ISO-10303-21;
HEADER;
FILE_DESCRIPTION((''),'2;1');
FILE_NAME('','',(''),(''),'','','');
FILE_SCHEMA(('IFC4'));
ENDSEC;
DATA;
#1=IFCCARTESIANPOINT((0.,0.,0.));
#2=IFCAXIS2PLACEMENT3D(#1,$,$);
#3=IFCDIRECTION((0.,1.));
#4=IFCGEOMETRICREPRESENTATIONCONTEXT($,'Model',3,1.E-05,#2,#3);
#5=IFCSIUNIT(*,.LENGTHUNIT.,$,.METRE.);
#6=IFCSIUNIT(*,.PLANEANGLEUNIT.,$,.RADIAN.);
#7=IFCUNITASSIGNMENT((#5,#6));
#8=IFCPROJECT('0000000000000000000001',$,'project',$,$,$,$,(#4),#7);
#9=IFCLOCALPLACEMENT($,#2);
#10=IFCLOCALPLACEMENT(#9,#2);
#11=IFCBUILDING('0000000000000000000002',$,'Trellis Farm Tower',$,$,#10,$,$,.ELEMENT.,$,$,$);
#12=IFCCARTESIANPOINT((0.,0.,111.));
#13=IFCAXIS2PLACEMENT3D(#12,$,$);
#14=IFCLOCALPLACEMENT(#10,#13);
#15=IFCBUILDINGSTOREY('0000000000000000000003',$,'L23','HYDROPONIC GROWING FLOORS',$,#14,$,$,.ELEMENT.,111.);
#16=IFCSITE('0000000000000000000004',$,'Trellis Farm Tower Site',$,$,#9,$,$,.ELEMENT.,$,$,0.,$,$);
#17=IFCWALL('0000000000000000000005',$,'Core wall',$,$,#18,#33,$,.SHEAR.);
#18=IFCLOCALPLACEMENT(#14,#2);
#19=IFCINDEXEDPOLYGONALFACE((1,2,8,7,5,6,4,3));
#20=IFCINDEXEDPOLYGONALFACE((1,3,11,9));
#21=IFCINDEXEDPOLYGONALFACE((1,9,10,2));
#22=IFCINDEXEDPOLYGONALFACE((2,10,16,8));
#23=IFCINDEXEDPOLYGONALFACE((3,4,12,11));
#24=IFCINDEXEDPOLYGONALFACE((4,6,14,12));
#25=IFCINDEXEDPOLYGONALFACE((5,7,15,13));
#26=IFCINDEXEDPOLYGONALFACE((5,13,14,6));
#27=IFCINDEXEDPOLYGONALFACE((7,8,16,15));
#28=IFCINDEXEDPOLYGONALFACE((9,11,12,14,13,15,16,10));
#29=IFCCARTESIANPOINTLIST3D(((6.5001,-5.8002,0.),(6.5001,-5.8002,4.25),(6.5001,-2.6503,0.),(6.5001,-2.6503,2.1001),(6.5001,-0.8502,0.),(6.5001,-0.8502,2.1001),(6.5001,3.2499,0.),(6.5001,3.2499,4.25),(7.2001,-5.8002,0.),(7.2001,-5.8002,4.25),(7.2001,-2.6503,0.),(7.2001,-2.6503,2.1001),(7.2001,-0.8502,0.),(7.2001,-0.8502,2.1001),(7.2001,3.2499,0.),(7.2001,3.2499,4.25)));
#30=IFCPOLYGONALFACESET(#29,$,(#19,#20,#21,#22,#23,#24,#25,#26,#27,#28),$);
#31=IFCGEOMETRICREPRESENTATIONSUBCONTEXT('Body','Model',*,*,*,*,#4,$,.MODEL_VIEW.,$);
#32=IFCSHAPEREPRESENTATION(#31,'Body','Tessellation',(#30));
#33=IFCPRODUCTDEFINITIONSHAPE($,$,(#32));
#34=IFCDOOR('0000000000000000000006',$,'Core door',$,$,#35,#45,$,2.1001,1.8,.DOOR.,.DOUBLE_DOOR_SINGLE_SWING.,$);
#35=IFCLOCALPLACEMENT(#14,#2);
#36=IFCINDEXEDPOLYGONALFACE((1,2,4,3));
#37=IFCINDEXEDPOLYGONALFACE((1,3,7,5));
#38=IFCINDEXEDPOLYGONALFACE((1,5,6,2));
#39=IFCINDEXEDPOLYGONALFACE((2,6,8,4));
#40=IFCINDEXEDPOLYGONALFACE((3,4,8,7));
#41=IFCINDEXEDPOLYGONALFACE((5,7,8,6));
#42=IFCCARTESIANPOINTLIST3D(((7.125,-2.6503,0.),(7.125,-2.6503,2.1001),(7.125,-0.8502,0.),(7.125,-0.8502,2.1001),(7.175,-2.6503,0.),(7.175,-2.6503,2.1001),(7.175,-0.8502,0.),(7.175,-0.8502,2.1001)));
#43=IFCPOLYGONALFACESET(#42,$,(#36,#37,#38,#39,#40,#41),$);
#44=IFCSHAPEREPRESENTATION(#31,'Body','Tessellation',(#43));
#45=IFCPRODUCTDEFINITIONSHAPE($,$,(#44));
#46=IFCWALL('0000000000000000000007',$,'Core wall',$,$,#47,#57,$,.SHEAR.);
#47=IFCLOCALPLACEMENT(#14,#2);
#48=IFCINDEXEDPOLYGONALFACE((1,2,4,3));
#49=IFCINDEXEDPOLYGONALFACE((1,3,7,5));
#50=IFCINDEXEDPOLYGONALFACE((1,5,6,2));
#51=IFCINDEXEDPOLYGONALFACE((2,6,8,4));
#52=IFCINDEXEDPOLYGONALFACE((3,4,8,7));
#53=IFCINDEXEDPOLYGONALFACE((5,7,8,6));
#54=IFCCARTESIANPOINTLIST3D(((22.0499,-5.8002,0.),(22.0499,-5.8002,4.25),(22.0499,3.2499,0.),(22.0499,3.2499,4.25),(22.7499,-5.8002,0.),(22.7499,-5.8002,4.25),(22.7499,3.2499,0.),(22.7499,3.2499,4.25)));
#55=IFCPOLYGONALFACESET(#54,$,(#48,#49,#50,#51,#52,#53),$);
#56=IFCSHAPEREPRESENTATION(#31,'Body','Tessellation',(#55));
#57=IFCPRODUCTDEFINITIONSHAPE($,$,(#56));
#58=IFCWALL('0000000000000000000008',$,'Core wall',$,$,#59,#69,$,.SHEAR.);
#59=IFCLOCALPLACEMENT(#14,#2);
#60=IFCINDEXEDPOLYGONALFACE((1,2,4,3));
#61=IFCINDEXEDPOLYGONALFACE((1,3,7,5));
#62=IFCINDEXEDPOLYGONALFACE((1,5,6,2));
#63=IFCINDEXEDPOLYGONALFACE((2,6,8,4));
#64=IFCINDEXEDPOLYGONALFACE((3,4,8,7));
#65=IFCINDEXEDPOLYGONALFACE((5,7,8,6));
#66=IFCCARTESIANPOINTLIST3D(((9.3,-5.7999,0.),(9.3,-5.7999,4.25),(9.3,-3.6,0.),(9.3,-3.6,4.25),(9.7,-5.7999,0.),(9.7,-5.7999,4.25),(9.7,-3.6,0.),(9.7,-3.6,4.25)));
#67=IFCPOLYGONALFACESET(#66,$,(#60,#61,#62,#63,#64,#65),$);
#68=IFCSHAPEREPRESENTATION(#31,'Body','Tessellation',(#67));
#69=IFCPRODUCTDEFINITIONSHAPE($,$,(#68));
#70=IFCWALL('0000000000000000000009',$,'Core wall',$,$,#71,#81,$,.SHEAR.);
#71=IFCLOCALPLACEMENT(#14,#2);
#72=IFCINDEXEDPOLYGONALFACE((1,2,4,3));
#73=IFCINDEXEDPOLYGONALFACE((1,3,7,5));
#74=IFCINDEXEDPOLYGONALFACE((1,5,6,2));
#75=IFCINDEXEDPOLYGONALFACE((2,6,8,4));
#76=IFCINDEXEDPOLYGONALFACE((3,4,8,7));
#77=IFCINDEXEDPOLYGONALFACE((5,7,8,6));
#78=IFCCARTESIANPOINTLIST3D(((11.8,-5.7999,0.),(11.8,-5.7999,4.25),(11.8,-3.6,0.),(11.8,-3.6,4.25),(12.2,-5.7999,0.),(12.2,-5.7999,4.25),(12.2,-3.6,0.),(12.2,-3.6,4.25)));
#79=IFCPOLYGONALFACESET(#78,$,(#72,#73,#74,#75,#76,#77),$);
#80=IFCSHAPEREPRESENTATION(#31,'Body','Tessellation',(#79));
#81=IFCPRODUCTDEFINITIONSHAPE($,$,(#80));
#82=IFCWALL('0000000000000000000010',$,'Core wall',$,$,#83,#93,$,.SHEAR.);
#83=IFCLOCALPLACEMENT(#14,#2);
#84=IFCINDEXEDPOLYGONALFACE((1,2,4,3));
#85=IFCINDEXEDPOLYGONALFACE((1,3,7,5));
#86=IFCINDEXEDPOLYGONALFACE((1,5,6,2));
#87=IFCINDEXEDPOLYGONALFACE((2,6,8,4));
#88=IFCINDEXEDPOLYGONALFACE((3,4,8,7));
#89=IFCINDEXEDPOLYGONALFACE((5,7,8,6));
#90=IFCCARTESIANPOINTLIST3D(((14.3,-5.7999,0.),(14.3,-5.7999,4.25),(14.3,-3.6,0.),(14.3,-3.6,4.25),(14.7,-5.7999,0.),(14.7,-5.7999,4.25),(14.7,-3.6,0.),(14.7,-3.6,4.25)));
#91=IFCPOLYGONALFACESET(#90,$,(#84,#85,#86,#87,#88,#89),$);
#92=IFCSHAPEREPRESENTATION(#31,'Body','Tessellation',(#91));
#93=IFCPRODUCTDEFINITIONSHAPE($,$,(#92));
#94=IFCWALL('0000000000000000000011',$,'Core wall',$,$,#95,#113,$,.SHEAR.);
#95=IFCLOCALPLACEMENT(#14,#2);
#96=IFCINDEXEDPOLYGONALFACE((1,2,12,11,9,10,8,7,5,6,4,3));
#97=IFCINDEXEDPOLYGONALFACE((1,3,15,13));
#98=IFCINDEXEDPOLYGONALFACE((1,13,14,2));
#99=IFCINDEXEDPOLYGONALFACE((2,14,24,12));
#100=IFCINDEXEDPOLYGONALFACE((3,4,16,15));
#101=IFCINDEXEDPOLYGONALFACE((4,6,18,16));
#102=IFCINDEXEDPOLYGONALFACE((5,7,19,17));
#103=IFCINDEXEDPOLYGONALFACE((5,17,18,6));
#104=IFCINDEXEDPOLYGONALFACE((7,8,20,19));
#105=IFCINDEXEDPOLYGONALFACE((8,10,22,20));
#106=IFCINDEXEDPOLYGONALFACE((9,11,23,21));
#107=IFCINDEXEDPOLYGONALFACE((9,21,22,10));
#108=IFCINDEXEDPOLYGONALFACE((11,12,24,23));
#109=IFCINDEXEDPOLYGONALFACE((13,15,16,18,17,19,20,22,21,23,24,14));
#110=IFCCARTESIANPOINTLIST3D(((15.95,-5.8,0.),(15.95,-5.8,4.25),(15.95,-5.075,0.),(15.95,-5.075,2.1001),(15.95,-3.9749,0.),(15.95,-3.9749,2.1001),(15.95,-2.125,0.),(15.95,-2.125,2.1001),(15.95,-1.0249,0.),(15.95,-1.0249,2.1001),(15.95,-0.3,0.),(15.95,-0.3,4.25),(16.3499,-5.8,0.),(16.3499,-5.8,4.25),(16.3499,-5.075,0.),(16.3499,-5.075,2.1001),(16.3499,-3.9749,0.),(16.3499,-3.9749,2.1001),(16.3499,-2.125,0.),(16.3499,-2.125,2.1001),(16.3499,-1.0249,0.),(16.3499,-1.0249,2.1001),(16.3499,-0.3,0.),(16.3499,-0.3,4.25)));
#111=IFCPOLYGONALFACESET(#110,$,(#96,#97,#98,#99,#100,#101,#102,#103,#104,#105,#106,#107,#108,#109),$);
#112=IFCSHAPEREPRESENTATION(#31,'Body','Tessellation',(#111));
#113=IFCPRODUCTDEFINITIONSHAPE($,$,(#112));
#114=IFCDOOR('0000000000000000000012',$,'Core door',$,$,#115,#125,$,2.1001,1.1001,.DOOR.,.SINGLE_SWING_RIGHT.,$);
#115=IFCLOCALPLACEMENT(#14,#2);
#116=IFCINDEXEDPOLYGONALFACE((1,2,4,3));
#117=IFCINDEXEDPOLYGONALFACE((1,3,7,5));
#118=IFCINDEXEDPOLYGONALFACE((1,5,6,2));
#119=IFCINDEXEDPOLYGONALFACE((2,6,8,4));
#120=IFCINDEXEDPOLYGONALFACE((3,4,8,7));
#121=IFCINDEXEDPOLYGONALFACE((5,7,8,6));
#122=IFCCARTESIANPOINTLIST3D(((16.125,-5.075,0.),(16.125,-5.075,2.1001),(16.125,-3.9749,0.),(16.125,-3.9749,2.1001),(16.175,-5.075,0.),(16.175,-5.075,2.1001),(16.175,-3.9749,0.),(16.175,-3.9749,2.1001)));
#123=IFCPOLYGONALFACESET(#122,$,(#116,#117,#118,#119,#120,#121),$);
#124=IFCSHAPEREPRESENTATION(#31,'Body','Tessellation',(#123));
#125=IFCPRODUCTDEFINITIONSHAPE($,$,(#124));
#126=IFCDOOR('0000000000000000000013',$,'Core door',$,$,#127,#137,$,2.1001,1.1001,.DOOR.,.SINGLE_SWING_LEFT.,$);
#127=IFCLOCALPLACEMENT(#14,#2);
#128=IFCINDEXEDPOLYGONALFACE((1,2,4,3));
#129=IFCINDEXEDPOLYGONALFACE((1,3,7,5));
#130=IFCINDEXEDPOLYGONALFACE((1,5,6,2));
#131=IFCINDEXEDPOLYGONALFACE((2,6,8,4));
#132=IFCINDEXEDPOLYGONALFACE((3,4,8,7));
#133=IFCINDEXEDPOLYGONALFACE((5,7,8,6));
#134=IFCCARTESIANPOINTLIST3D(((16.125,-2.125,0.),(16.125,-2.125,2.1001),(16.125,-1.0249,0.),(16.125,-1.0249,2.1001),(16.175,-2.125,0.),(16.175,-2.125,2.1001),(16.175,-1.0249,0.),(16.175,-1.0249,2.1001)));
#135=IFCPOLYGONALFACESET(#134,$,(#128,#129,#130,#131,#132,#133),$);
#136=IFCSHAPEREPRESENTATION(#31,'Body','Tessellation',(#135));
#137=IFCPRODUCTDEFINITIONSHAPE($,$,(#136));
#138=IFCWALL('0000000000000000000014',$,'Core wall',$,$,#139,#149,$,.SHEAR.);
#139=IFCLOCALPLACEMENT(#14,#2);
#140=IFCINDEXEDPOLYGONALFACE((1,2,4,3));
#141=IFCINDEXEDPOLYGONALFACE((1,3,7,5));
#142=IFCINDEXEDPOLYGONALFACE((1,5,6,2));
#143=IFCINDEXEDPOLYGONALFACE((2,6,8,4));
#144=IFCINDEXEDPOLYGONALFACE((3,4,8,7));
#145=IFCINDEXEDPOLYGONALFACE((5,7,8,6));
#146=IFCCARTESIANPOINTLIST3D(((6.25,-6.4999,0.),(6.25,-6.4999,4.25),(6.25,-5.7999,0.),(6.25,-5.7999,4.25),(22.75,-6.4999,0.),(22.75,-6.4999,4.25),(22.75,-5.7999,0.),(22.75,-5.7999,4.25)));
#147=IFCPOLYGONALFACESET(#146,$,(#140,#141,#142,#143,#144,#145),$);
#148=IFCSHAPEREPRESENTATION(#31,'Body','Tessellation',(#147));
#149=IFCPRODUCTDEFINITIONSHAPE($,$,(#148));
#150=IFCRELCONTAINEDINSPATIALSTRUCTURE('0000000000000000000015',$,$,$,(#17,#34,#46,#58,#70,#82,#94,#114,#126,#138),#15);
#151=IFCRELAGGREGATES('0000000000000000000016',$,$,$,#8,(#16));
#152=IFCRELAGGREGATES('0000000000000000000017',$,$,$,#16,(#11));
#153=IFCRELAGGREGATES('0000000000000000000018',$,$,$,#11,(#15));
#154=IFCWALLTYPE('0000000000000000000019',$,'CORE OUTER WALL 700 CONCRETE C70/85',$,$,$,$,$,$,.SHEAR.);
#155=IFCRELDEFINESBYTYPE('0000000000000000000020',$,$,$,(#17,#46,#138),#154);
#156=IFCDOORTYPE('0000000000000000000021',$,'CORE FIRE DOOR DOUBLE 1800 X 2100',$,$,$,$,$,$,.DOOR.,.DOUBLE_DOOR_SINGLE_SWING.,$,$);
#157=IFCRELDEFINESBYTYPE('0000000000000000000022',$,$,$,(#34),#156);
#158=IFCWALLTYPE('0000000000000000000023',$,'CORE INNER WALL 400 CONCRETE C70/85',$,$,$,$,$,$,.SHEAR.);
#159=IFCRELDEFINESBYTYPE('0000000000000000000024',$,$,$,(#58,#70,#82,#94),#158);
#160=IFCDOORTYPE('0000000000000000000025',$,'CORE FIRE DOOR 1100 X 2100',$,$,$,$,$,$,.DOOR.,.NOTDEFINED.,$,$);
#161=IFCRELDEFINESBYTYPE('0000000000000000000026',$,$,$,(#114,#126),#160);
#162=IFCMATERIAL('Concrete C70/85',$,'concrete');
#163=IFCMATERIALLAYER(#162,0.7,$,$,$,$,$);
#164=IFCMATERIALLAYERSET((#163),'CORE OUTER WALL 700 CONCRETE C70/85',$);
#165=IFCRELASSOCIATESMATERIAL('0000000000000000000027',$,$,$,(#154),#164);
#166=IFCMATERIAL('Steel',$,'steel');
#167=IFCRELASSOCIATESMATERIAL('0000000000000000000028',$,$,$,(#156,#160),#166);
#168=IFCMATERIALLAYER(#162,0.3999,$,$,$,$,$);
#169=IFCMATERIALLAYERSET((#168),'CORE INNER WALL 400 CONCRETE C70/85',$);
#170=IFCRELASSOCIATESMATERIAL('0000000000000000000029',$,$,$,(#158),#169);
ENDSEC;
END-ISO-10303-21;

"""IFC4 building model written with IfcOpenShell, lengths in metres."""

from ifc_helpers import new_model, si_unit, direction, frame, frame_2d, origin, place, context, subcontext, project, spatial, rectangle, extrude, source, transform, mapped, material, layer, layer_set, type_object, element, fill, save


model = new_model("IFC4")

# Units and contexts
model_context = context("Model", 3, precision=1e-05, world=origin(), true_north=direction((0.0, 1.0)))
body_context = subcontext(model_context, "Body", "Model", "MODEL_VIEW")
ifc_project = project(units=[si_unit("LENGTHUNIT", "METRE"), si_unit("PLANEANGLEUNIT", "RADIAN")], contexts=[model_context])

# Site, building, storey
site_placement = place(None, origin())
site = spatial("IfcSite", under=ifc_project, at=site_placement, Name="Trellis Farm Tower Site", CompositionType="ELEMENT", RefElevation=0.0)
building_placement = place(site_placement, origin())
building = spatial("IfcBuilding", under=site, at=building_placement, Name="Trellis Farm Tower", CompositionType="ELEMENT")
storey_placement = place(building_placement, frame((0.0, 0.0, 111.0)))
storey = spatial("IfcBuildingStorey", under=building, at=storey_placement, Name="L23", Description="HYDROPONIC GROWING FLOORS", CompositionType="ELEMENT", Elevation=111.0)

# Wall, opening, door
ifc_material_1 = material(Name="Concrete C70/85", Category="concrete")
ifc_layer_1 = layer(ifc_material_1, 0.7)
ifc_layer_set_1 = layer_set([ifc_layer_1], Name="CORE OUTER WALL 700 CONCRETE C70/85")
wall_type_1 = type_object("IfcWallType", Name="CORE OUTER WALL 700 CONCRETE C70/85", PredefinedType="SHEAR", material=ifc_layer_set_1)
shared_shape_1 = source(origin(), body_context, "Body", "SweptSolid", [
    extrude(rectangle(XDim=9.05, YDim=0.7, at=frame_2d((4.5249, 0.0))), origin(), (0.0, 0.0, 1.0), 4.25),
])
wall_1_placement = place(storey_placement, frame((6.8501, -5.8, 0.0), z_axis=(0.0, 0.0, 1.0), x_axis=(0.0, 1.0, 0.0)))
wall_1 = element("IfcWall", 1, at=wall_1_placement, inside=storey, type_object=wall_type_1, Name="Core wall", PredefinedType="SHEAR", context=body_context, shape_type="MappedRepresentation", body=[
    mapped(shared_shape_1, transform((0.0, 0.0, 0.0))),
])
shared_shape_2 = source(origin(), body_context, "Body", "SweptSolid", [
    extrude(rectangle(XDim=1.8, YDim=2.1001, at=frame_2d((0.8999, 1.05))), frame((0.0, 0.3601, 0.0), z_axis=(0.0, -1.0, 0.0), x_axis=(1.0, 0.0, 0.0)), (0.0, 0.0, 1.0), 0.7202),
])
opening_1_placement = place(wall_1_placement, frame((3.1499, 0.0, 0.0)))
opening_1 = element("IfcOpeningElement", 2, at=opening_1_placement, cuts=wall_1, PredefinedType="OPENING", context=body_context, shape_type="MappedRepresentation", body=[
    mapped(shared_shape_2, transform((0.0, 0.0, 0.0))),
])
ifc_material_2 = material(Name="Steel", Category="steel")
door_type_1 = type_object("IfcDoorType", Name="CORE FIRE DOOR DOUBLE 1800 X 2100", OperationType="DOUBLE_DOOR_SINGLE_SWING", PredefinedType="DOOR", material=ifc_material_2)
shared_shape_3 = source(origin(), body_context, "Body", "SweptSolid", [
    extrude(rectangle(XDim=1.8, YDim=2.1001, at=frame_2d((0.8999, 1.05))), frame((0.0, -0.2749, 0.0), z_axis=(0.0, -1.0, 0.0), x_axis=(1.0, 0.0, 0.0)), (0.0, 0.0, 1.0), 0.05),
])
door_1_placement = place(opening_1_placement, origin())
door_1 = element("IfcDoor", 3, at=door_1_placement, inside=storey, type_object=door_type_1, Name="Core door", OperationType="DOUBLE_DOOR_SINGLE_SWING", OverallHeight=2.1001, OverallWidth=1.8, PredefinedType="DOOR", context=body_context, shape_type="MappedRepresentation", body=[
    mapped(shared_shape_3, transform((0.0, 0.0, 0.0))),
])
fill(opening_1, door_1)

# Walls
wall_2_placement = place(storey_placement, frame((22.3999, -5.8, 0.0), z_axis=(0.0, 0.0, 1.0), x_axis=(0.0, 1.0, 0.0)))
element("IfcWall", 4, at=wall_2_placement, inside=storey, type_object=wall_type_1, Name="Core wall", PredefinedType="SHEAR", context=body_context, shape_type="MappedRepresentation", body=[
    mapped(shared_shape_1, transform((0.0, 0.0, 0.0))),
])
ifc_layer_2 = layer(ifc_material_1, 0.3999)
ifc_layer_set_2 = layer_set([ifc_layer_2], Name="CORE INNER WALL 400 CONCRETE C70/85")
wall_type_2 = type_object("IfcWallType", Name="CORE INNER WALL 400 CONCRETE C70/85", PredefinedType="SHEAR", material=ifc_layer_set_2)
shared_shape_4 = source(origin(), body_context, "Body", "SweptSolid", [
    extrude(rectangle(XDim=2.2, YDim=0.3999, at=frame_2d((1.1001, 0.0))), origin(), (0.0, 0.0, 1.0), 4.25),
])
for number, where, z_axis, x_axis, name in (
    (5, (9.5, -5.8, 0.0), (0.0, 0.0, 1.0), (0.0, 1.0, 0.0), "Core wall"),
    (6, (12.0, -5.8, 0.0), (0.0, 0.0, 1.0), (0.0, 1.0, 0.0), "Core wall"),
    (7, (14.5, -5.8, 0.0), (0.0, 0.0, 1.0), (0.0, 1.0, 0.0), "Core wall"),
):
    element("IfcWall", number, at=place(storey_placement, frame(where, z_axis=z_axis, x_axis=x_axis)), inside=storey, type_object=wall_type_2, Name=name, PredefinedType="SHEAR", context=body_context, shape_type="MappedRepresentation", body=[
        mapped(shared_shape_4, transform((0.0, 0.0, 0.0))),
    ])

# Wall, openings, doors
shared_shape_5 = source(origin(), body_context, "Body", "SweptSolid", [
    extrude(rectangle(XDim=5.5, YDim=0.3999, at=frame_2d((2.75, 0.0))), origin(), (0.0, 0.0, 1.0), 4.25),
])
wall_3_placement = place(storey_placement, frame((16.1499, -5.8, 0.0), z_axis=(0.0, 0.0, 1.0), x_axis=(0.0, 1.0, 0.0)))
wall_3 = element("IfcWall", 8, at=wall_3_placement, inside=storey, type_object=wall_type_2, Name="Core wall", PredefinedType="SHEAR", context=body_context, shape_type="MappedRepresentation", body=[
    mapped(shared_shape_5, transform((0.0, 0.0, 0.0))),
])
shared_shape_6 = source(origin(), body_context, "Body", "SweptSolid", [
    extrude(rectangle(XDim=1.1001, YDim=2.1001, at=frame_2d((0.55, 1.05))), frame((0.0, 0.21, 0.0), z_axis=(0.0, -1.0, 0.0), x_axis=(1.0, 0.0, 0.0)), (0.0, 0.0, 1.0), 0.4199),
])
opening_2_placement = place(wall_3_placement, frame((0.7251, 0.0, 0.0)))
opening_2 = element("IfcOpeningElement", 9, at=opening_2_placement, cuts=wall_3, PredefinedType="OPENING", context=body_context, shape_type="MappedRepresentation", body=[
    mapped(shared_shape_6, transform((0.0, 0.0, 0.0))),
])
opening_3_placement = place(wall_3_placement, frame((3.675, 0.0, 0.0)))
opening_3 = element("IfcOpeningElement", 10, at=opening_3_placement, cuts=wall_3, PredefinedType="OPENING", context=body_context, shape_type="MappedRepresentation", body=[
    mapped(shared_shape_6, transform((0.0, 0.0, 0.0))),
])
door_type_2 = type_object("IfcDoorType", Name="CORE FIRE DOOR 1100 X 2100", OperationType="NOTDEFINED", PredefinedType="DOOR", material=ifc_material_2)
shared_shape_7 = source(origin(), body_context, "Body", "SweptSolid", [
    extrude(rectangle(XDim=1.1001, YDim=2.1001, at=frame_2d((0.55, 1.05))), frame((0.0, 0.0249, 0.0), z_axis=(0.0, -1.0, 0.0), x_axis=(1.0, 0.0, 0.0)), (0.0, 0.0, 1.0), 0.05),
])
door_2_placement = place(opening_2_placement, origin())
door_2 = element("IfcDoor", 11, at=door_2_placement, inside=storey, type_object=door_type_2, Name="Core door", OperationType="SINGLE_SWING_RIGHT", OverallHeight=2.1001, OverallWidth=1.1001, PredefinedType="DOOR", context=body_context, shape_type="MappedRepresentation", body=[
    mapped(shared_shape_7, transform((0.0, 0.0, 0.0))),
])
fill(opening_2, door_2)
door_3_placement = place(opening_3_placement, origin())
door_3 = element("IfcDoor", 12, at=door_3_placement, inside=storey, type_object=door_type_2, Name="Core door", OperationType="SINGLE_SWING_LEFT", OverallHeight=2.1001, OverallWidth=1.1001, PredefinedType="DOOR", context=body_context, shape_type="MappedRepresentation", body=[
    mapped(shared_shape_7, transform((0.0, 0.0, 0.0))),
])
fill(opening_3, door_3)

# Wall
shared_shape_8 = source(origin(), body_context, "Body", "SweptSolid", [
    extrude(rectangle(XDim=16.5, YDim=0.7, at=frame_2d((8.25, 0.0))), origin(), (0.0, 0.0, 1.0), 4.25),
])
wall_4_placement = place(storey_placement, frame((6.25, -6.1499, 0.0), z_axis=(0.0, 0.0, 1.0), x_axis=(1.0, 0.0, 0.0)))
element("IfcWall", 13, at=wall_4_placement, inside=storey, type_object=wall_type_1, Name="Core wall", PredefinedType="SHEAR", context=body_context, shape_type="MappedRepresentation", body=[
    mapped(shared_shape_8, transform((0.0, 0.0, 0.0))),
])

save(model, "model.ifc")
